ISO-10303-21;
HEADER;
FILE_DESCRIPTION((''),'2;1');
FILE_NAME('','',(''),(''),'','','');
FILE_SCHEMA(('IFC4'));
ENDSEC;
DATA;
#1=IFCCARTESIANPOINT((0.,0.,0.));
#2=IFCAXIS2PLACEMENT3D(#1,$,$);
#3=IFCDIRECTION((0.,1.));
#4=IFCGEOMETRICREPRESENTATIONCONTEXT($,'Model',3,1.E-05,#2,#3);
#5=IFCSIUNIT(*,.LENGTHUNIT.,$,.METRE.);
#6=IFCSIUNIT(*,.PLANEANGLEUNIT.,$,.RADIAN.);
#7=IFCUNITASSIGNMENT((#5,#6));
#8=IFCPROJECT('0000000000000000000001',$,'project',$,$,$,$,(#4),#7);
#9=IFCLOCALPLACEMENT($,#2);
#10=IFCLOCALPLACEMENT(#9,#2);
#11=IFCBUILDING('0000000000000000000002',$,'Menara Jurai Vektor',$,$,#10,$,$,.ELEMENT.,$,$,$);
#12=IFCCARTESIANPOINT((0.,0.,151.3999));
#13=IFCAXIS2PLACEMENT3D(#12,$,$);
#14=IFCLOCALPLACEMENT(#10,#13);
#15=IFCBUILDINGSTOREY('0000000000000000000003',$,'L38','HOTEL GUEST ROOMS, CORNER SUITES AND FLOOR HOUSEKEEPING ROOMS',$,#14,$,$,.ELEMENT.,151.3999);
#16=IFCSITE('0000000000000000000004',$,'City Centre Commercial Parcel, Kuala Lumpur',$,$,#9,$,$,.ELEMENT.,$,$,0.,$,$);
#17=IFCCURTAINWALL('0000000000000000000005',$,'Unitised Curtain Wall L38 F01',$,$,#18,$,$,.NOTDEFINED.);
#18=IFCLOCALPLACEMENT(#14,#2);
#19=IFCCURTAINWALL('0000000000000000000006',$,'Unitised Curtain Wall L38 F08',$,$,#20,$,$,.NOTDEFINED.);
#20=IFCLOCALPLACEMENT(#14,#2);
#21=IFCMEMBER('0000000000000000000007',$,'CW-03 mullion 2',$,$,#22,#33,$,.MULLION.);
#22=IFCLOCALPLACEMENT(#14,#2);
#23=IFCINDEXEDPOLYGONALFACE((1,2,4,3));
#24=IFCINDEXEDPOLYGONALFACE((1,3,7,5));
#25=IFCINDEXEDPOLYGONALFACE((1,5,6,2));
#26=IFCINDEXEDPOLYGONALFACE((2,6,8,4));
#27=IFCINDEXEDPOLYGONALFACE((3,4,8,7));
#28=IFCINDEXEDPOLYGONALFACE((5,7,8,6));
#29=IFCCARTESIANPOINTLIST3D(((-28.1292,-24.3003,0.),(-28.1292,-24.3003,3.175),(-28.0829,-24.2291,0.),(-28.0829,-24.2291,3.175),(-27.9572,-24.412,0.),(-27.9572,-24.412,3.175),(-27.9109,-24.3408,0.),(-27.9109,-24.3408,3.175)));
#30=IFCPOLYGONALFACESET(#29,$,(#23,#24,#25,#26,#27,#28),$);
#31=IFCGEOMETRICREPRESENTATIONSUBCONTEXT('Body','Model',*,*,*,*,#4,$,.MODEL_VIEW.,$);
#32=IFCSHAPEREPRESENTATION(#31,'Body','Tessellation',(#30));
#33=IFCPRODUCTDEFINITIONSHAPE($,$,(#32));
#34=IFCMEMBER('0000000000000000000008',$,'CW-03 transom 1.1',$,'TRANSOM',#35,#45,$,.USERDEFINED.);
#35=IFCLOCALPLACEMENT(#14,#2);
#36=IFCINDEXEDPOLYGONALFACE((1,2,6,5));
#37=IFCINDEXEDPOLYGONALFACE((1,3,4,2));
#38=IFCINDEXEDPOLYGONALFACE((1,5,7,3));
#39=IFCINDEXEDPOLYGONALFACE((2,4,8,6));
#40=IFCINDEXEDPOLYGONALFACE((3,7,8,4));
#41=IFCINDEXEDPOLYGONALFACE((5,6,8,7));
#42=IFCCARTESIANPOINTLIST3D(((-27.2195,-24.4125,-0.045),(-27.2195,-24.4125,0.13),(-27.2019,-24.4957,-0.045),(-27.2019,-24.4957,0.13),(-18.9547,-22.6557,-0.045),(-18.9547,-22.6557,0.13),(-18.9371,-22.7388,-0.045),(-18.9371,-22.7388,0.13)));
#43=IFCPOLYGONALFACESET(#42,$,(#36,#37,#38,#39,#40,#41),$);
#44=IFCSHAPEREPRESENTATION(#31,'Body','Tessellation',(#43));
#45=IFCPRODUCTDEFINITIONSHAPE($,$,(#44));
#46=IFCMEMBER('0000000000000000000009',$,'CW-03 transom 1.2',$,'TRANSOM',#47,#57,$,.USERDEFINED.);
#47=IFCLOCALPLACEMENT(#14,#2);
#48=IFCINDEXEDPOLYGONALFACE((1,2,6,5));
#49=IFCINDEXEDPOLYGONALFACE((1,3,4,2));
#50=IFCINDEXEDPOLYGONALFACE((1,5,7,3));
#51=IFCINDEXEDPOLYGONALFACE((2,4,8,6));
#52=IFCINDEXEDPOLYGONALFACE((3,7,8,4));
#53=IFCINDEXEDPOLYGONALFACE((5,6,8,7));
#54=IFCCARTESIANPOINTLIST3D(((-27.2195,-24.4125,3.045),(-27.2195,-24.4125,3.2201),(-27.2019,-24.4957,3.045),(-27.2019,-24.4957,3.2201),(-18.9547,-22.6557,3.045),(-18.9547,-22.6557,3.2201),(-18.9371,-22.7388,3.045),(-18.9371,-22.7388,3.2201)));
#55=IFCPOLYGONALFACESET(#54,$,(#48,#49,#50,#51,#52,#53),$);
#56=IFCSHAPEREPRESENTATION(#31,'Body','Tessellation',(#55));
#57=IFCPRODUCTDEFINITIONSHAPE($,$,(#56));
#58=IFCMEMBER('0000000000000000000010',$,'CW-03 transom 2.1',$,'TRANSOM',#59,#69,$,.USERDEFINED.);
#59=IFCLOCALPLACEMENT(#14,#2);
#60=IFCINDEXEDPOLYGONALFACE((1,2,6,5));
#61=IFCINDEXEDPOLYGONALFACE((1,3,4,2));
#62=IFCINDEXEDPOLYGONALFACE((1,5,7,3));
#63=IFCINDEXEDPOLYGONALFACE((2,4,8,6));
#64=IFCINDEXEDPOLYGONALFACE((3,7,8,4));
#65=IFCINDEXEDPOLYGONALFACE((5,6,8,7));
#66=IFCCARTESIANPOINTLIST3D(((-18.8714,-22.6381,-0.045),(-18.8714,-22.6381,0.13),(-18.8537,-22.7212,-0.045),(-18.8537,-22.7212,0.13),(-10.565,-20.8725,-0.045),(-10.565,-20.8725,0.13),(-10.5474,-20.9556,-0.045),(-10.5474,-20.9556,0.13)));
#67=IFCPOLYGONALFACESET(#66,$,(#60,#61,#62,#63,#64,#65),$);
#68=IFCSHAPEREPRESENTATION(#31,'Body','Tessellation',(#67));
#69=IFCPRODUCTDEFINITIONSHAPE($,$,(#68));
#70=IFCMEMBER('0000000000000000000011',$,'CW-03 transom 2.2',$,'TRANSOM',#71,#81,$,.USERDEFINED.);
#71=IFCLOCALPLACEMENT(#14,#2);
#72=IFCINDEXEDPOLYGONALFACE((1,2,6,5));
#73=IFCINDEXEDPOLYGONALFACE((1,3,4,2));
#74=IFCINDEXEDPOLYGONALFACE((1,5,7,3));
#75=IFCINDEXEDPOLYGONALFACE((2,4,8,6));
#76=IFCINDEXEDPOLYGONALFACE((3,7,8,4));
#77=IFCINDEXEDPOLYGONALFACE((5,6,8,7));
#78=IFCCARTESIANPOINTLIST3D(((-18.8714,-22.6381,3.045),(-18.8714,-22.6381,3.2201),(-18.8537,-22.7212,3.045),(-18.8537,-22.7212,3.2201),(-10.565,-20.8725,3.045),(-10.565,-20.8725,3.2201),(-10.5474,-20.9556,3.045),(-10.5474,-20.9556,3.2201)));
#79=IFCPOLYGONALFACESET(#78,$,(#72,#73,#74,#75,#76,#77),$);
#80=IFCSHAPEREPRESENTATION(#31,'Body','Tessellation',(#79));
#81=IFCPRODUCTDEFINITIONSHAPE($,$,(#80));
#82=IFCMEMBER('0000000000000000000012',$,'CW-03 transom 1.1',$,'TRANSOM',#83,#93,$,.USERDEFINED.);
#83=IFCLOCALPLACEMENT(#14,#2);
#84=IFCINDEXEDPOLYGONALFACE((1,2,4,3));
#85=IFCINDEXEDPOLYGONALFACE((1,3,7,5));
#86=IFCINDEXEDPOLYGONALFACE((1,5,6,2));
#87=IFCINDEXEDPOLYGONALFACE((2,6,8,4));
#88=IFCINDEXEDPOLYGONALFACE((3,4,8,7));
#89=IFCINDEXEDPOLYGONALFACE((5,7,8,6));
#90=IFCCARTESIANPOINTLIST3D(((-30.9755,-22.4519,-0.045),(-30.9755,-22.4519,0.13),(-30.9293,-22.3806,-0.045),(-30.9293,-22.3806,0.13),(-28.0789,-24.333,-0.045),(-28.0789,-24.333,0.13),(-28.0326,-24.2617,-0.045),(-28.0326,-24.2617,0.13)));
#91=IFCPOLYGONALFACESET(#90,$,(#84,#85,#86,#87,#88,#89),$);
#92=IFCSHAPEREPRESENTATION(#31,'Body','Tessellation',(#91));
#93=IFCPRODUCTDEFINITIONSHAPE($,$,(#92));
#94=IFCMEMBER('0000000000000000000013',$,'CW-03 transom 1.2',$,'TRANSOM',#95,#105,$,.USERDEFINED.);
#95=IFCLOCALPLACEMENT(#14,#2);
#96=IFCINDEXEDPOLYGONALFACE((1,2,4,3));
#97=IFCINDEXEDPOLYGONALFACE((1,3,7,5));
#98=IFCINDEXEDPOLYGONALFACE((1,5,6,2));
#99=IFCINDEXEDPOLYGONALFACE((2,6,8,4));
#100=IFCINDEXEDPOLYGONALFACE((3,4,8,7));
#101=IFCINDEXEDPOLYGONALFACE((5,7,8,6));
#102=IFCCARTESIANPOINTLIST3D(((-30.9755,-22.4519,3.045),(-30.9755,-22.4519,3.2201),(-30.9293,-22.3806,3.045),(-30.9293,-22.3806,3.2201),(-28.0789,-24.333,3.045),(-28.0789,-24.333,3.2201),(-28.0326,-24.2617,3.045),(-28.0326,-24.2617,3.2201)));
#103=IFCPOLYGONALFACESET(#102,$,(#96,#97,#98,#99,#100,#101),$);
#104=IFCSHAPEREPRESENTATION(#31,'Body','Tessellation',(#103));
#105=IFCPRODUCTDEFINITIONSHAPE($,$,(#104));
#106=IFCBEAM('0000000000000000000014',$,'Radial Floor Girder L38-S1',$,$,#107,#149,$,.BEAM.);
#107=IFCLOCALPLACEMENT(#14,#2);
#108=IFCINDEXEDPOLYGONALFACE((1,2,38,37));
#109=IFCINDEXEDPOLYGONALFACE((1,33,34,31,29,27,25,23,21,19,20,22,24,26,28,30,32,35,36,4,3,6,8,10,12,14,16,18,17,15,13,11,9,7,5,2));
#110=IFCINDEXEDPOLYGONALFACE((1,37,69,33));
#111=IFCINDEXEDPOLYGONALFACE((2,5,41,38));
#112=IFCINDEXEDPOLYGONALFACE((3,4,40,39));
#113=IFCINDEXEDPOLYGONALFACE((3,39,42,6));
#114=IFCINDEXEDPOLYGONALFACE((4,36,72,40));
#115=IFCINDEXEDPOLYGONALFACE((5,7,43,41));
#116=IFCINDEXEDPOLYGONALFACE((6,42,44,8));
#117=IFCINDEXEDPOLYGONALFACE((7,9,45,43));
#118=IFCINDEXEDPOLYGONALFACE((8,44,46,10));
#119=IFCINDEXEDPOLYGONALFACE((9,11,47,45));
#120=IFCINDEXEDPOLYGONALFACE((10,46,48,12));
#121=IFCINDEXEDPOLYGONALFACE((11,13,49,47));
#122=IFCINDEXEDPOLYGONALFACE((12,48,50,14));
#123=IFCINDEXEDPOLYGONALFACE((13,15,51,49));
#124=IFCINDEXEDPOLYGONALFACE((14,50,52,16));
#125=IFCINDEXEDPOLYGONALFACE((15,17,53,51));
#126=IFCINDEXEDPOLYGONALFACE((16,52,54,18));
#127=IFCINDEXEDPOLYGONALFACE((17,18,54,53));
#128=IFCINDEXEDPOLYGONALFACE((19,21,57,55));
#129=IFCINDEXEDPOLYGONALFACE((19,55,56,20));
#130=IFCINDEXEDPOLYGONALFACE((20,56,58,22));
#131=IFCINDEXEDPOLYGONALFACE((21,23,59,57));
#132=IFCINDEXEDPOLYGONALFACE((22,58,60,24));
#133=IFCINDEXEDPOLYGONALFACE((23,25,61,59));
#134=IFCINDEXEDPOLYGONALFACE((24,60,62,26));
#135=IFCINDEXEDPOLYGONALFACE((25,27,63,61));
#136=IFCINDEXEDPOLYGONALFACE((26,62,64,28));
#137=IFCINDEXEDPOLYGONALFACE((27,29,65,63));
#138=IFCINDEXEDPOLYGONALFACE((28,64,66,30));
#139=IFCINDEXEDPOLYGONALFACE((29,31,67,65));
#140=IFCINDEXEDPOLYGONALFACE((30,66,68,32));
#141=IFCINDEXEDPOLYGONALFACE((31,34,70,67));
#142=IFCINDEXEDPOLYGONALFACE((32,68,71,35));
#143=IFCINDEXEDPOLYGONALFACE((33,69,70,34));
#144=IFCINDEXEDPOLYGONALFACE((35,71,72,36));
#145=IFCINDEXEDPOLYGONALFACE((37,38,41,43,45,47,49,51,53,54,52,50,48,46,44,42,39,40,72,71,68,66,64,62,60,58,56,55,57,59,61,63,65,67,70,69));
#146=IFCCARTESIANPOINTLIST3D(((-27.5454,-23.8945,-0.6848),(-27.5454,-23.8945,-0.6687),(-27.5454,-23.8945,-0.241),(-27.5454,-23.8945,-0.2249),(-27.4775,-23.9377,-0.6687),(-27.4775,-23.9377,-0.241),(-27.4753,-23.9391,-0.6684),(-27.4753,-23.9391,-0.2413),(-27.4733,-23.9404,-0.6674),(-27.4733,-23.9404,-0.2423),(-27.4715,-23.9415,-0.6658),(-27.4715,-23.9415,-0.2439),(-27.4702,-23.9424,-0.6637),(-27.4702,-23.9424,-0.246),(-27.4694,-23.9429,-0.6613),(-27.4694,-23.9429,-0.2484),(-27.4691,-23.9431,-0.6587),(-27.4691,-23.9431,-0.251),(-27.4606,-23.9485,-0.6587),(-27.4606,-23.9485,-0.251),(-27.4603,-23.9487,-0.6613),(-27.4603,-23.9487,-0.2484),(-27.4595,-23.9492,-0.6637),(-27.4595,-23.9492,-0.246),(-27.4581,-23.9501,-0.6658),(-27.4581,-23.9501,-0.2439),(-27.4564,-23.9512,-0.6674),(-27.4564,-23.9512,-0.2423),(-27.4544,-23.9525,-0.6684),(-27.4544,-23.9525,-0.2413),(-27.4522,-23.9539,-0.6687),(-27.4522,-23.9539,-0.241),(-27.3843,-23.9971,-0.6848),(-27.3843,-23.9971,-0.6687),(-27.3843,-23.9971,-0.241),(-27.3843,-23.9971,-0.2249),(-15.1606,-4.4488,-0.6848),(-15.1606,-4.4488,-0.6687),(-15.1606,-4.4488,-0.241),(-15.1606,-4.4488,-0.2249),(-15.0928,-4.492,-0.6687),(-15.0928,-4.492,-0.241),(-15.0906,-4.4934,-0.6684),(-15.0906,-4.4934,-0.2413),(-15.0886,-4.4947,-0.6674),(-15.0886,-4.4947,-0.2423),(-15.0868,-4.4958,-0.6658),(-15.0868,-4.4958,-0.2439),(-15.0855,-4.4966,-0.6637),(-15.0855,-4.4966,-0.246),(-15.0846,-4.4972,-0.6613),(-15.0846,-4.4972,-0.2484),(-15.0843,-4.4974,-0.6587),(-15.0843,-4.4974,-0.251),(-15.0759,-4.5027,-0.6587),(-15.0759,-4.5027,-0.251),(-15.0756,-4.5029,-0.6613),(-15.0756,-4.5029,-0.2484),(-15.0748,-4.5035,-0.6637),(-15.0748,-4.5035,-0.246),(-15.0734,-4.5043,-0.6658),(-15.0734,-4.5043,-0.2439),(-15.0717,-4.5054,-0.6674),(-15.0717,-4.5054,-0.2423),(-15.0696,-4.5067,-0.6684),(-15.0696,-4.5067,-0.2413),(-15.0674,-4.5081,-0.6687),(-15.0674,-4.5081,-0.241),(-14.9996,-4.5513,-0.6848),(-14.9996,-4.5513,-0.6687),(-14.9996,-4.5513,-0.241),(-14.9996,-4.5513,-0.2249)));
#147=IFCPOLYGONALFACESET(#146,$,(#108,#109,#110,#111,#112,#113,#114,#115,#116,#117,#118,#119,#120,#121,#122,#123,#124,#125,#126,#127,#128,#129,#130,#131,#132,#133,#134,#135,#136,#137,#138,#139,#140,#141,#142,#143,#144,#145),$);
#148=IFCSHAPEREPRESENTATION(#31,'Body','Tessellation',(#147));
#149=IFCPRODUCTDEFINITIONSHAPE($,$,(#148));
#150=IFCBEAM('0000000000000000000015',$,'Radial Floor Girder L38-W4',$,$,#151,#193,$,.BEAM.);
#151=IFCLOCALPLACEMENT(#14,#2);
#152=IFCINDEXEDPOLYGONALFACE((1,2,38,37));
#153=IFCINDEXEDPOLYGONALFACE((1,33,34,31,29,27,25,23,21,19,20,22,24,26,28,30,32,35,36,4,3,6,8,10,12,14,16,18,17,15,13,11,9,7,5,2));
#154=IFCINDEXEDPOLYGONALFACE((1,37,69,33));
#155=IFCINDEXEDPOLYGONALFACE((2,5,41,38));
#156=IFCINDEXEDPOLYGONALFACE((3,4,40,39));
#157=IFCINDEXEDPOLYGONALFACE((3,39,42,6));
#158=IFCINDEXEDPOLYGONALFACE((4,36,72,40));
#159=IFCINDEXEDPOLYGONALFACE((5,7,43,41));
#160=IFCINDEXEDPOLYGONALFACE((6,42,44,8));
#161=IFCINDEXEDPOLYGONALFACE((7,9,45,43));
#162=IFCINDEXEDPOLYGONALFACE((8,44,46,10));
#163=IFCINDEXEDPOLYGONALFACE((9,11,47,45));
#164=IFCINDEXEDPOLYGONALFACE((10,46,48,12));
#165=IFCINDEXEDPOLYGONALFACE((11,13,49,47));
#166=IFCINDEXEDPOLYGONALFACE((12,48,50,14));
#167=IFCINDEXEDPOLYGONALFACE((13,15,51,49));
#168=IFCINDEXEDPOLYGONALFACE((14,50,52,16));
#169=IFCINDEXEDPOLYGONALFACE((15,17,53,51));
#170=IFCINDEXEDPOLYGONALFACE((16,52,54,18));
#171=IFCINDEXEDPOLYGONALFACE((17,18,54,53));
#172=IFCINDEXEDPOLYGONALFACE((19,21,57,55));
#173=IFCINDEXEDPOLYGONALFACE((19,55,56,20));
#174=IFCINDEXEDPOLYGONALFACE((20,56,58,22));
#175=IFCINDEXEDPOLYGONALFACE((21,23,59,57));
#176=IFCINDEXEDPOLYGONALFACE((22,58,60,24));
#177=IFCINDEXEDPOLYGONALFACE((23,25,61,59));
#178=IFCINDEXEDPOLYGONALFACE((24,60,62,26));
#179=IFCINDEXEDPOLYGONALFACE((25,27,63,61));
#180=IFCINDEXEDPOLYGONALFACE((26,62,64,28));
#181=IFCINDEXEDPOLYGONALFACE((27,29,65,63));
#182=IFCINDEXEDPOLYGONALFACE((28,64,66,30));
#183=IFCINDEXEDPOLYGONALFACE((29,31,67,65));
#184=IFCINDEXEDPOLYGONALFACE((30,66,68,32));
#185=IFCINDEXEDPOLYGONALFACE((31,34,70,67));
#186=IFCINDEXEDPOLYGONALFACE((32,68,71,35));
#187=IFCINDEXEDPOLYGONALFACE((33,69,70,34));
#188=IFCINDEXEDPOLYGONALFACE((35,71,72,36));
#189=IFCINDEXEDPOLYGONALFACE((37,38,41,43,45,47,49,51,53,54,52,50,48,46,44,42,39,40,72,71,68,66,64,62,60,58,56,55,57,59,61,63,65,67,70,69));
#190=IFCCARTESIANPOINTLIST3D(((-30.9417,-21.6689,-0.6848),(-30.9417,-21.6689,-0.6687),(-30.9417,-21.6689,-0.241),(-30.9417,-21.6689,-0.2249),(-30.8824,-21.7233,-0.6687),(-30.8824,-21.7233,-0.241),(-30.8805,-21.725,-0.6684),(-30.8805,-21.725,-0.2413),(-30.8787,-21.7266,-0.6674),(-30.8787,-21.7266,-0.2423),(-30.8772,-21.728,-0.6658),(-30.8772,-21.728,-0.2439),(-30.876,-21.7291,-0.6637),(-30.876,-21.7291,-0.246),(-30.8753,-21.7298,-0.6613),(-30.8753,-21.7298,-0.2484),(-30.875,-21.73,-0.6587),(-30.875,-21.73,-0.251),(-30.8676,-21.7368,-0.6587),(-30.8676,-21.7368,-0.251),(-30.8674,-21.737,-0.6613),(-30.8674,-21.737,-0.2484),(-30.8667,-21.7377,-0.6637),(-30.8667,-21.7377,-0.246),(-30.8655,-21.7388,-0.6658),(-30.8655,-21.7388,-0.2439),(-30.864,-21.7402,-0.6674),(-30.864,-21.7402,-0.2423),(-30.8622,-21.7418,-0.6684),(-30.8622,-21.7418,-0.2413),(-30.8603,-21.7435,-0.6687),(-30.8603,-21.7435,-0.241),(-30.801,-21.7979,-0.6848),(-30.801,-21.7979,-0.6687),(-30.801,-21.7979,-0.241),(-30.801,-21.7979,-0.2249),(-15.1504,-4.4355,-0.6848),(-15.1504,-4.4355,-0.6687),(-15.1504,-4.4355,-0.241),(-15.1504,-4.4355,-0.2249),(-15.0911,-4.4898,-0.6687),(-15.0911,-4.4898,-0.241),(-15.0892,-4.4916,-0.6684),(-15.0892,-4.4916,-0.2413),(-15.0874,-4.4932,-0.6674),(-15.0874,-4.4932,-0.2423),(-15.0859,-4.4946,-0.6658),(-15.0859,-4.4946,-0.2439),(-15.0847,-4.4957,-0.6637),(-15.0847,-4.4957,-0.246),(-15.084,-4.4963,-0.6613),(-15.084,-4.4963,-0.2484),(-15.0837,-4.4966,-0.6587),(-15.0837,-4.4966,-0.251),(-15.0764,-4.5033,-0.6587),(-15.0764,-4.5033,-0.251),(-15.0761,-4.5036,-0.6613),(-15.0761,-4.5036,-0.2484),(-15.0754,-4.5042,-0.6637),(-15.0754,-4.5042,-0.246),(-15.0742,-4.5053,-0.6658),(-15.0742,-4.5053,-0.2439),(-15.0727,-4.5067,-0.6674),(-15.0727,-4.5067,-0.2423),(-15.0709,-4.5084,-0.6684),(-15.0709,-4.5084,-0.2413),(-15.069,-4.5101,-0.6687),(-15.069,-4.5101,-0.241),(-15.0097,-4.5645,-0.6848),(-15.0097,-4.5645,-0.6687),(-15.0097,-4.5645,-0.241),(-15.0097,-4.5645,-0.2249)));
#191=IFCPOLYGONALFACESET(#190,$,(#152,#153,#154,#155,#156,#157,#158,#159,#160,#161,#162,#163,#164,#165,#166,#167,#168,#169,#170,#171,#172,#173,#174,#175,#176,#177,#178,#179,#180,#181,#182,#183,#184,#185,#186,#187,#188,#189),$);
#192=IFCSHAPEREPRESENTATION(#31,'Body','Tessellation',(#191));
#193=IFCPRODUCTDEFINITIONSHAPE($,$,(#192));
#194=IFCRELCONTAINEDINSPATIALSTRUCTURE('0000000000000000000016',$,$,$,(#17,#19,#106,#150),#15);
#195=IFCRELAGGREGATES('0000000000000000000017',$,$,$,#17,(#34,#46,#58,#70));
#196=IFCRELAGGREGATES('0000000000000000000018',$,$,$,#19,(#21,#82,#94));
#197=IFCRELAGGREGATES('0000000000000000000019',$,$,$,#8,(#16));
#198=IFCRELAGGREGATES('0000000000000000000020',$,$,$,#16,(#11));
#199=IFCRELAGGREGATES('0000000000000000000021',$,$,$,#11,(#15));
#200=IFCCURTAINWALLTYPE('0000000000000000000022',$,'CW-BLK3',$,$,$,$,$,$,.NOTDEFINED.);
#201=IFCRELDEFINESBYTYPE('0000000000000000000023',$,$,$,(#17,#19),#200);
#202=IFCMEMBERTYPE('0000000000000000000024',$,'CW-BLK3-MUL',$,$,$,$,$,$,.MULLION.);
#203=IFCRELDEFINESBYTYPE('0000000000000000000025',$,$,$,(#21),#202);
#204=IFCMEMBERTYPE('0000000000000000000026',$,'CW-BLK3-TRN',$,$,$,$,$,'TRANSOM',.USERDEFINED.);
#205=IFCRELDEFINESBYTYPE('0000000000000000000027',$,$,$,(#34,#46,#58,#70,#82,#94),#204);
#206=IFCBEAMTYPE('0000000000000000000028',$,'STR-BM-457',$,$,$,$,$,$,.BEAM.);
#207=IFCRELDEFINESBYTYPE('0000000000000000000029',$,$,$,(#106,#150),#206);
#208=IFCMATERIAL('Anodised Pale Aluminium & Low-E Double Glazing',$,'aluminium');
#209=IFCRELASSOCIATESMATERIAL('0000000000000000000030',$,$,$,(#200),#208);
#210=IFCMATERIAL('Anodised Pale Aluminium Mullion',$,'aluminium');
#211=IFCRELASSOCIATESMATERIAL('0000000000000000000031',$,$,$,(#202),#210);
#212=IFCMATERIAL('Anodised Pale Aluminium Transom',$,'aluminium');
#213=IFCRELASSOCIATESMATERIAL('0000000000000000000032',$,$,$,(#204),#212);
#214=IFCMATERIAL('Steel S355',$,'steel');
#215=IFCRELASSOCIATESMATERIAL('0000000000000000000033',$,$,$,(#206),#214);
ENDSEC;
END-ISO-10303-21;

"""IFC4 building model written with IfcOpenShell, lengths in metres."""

from ifc_helpers import new_model, si_unit, direction, frame, origin, origin_2d, place, context, subcontext, project, spatial, rectangle, i_section, extrude, material, material_profile, profile_set, type_object, element, aggregate, save


model = new_model("IFC4")

# Units and contexts
model_context = context("Model", 3, precision=1e-05, world=origin(), true_north=direction((0.0, 1.0)))
body_context = subcontext(model_context, "Body", "Model", "MODEL_VIEW")
ifc_project = project(units=[si_unit("LENGTHUNIT", "METRE"), si_unit("PLANEANGLEUNIT", "RADIAN")], contexts=[model_context])

# Site, building, storey
site_placement = place(None, origin())
site = spatial("IfcSite", under=ifc_project, at=site_placement, Name="City Centre Commercial Parcel, Kuala Lumpur", CompositionType="ELEMENT", RefElevation=0.0)
building_placement = place(site_placement, origin())
building = spatial("IfcBuilding", under=site, at=building_placement, Name="Menara Jurai Vektor", CompositionType="ELEMENT")
storey_placement = place(building_placement, frame((0.0, 0.0, 151.3999)))
storey = spatial("IfcBuildingStorey", under=building, at=storey_placement, Name="L38", Description="HOTEL GUEST ROOMS, CORNER SUITES AND FLOOR HOUSEKEEPING ROOMS", CompositionType="ELEMENT", Elevation=151.3999)

# Curtain wall
ifc_material_1 = material(Name="Anodised Pale Aluminium & Low-E Double Glazing", Category="aluminium")
curtain_wall_type = type_object("IfcCurtainWallType", Name="CW-BLK3", PredefinedType="NOTDEFINED", material=ifc_material_1)
curtain_wall_1_placement = place(storey_placement, origin())
curtain_wall_1 = element("IfcCurtainWall", 1, at=curtain_wall_1_placement, inside=storey, type_object=curtain_wall_type, Name="Unitised Curtain Wall L38 F01", PredefinedType="NOTDEFINED")
ifc_material_2 = material(Name="Anodised Pale Aluminium Mullion", Category="aluminium")
ifc_material_profile_1 = material_profile(ifc_material_2, rectangle(XDim=0.085, YDim=0.2051, at=origin_2d()), Name="ALU MUL 85x205")
ifc_profile_set_1 = profile_set([ifc_material_profile_1], Name="Anodised Pale Aluminium Mullion")
member_type_1 = type_object("IfcMemberType", Name="CW-BLK3-MUL", PredefinedType="MULLION", material=ifc_profile_set_1)

# Curtain wall, member
curtain_wall_2_placement = place(storey_placement, origin())
curtain_wall_2 = element("IfcCurtainWall", 2, at=curtain_wall_2_placement, inside=storey, type_object=curtain_wall_type, Name="Unitised Curtain Wall L38 F08", PredefinedType="NOTDEFINED")
member_1_placement = place(storey_placement, frame((-28.02, -24.3206, 0.0), z_axis=(0.0, 0.0, 1.0), x_axis=(0.544618, 0.838684, 0.0)))
member_1 = element("IfcMember", 3, at=member_1_placement, type_object=member_type_1, Name="CW-03 mullion 2", PredefinedType="MULLION", context=body_context, shape_type="SweptSolid", body=[
    extrude(rectangle(XDim=0.085, YDim=0.2051, at=origin_2d()), origin(), (0.0, 0.0, 1.0), 3.175),
])

# Members
ifc_material_3 = material(Name="Anodised Pale Aluminium Transom", Category="aluminium")
ifc_material_profile_2 = material_profile(ifc_material_3, rectangle(XDim=0.085, YDim=0.175, at=origin_2d()), Name="ALU TRN 85x175")
ifc_profile_set_2 = profile_set([ifc_material_profile_2], Name="Anodised Pale Aluminium Transom")
member_type_2 = type_object("IfcMemberType", Name="CW-BLK3-TRN", ElementType="TRANSOM", PredefinedType="USERDEFINED", material=ifc_profile_set_2)
member_2_placement = place(storey_placement, frame((-27.2107, -24.4541, 0.0425), z_axis=(0.978146, 0.207921, 0.0), x_axis=(-0.207921, 0.978146, 0.0)))
member_2 = element("IfcMember", 4, at=member_2_placement, type_object=member_type_2, Name="CW-03 transom 1.1", ObjectType="TRANSOM", PredefinedType="USERDEFINED", context=body_context, shape_type="SweptSolid", body=[
    extrude(rectangle(XDim=0.085, YDim=0.175, at=origin_2d()), origin(), (0.0, 0.0, 1.0), 8.4495),
])
member_3_placement = place(storey_placement, frame((-27.2107, -24.4541, 3.1326), z_axis=(0.978146, 0.207921, 0.0), x_axis=(-0.207921, 0.978146, 0.0)))
member_3 = element("IfcMember", 5, at=member_3_placement, type_object=member_type_2, Name="CW-03 transom 1.2", ObjectType="TRANSOM", PredefinedType="USERDEFINED", context=body_context, shape_type="SweptSolid", body=[
    extrude(rectangle(XDim=0.085, YDim=0.175, at=origin_2d()), origin(), (0.0, 0.0, 1.0), 8.4495),
])
member_4_placement = place(storey_placement, frame((-18.8625, -22.6797, 0.0425), z_axis=(0.978147, 0.207917, 0.0), x_axis=(-0.207917, 0.978147, 0.0)))
member_4 = element("IfcMember", 6, at=member_4_placement, type_object=member_type_2, Name="CW-03 transom 2.1", ObjectType="TRANSOM", PredefinedType="USERDEFINED", context=body_context, shape_type="SweptSolid", body=[
    extrude(rectangle(XDim=0.085, YDim=0.175, at=origin_2d()), origin(), (0.0, 0.0, 1.0), 8.4919),
])
member_5_placement = place(storey_placement, frame((-18.8625, -22.6797, 3.1326), z_axis=(0.978147, 0.207917, 0.0), x_axis=(-0.207917, 0.978147, 0.0)))
member_5 = element("IfcMember", 7, at=member_5_placement, type_object=member_type_2, Name="CW-03 transom 2.2", ObjectType="TRANSOM", PredefinedType="USERDEFINED", context=body_context, shape_type="SweptSolid", body=[
    extrude(rectangle(XDim=0.085, YDim=0.175, at=origin_2d()), origin(), (0.0, 0.0, 1.0), 8.4919),
])
member_6_placement = place(storey_placement, frame((-30.9524, -22.4163, 0.0425), z_axis=(0.838678, -0.544628, 0.0), x_axis=(0.544628, 0.838678, 0.0)))
member_6 = element("IfcMember", 8, at=member_6_placement, type_object=member_type_2, Name="CW-03 transom 1.1", ObjectType="TRANSOM", PredefinedType="USERDEFINED", context=body_context, shape_type="SweptSolid", body=[
    extrude(rectangle(XDim=0.085, YDim=0.175, at=origin_2d()), origin(), (0.0, 0.0, 1.0), 3.4539),
])
member_7_placement = place(storey_placement, frame((-30.9524, -22.4163, 3.1326), z_axis=(0.838678, -0.544628, 0.0), x_axis=(0.544628, 0.838678, 0.0)))
member_7 = element("IfcMember", 9, at=member_7_placement, type_object=member_type_2, Name="CW-03 transom 1.2", ObjectType="TRANSOM", PredefinedType="USERDEFINED", context=body_context, shape_type="SweptSolid", body=[
    extrude(rectangle(XDim=0.085, YDim=0.175, at=origin_2d()), origin(), (0.0, 0.0, 1.0), 3.4539),
])

# Beams
ifc_material_4 = material(Name="Steel S355", Category="steel")
ifc_material_profile_3 = material_profile(ifc_material_4, i_section(OverallWidth=0.1909, OverallDepth=0.46, WebThickness=0.01, FlangeThickness=0.0161, FilletRadius=0.01, at=origin_2d()), Name="UKB 457x191x82")
ifc_profile_set_3 = profile_set([ifc_material_profile_3], Name="Steel S355")
beam_type_1 = type_object("IfcBeamType", Name="STR-BM-457", PredefinedType="BEAM", material=ifc_profile_set_3)
beam_1_placement = place(storey_placement, frame((-27.4648, -23.9458, -0.4548), z_axis=(0.537189, 0.843462, 0.0), x_axis=(-0.843462, 0.537189, 0.0)))
element("IfcBeam", 10, at=beam_1_placement, inside=storey, type_object=beam_type_1, Name="Radial Floor Girder L38-S1", PredefinedType="BEAM", context=body_context, shape_type="SweptSolid", body=[
    extrude(i_section(OverallWidth=0.1909, OverallDepth=0.46, WebThickness=0.01, FlangeThickness=0.0161, FilletRadius=0.01, at=origin_2d()), origin(), (0.0, 0.0, 1.0), 23.0547),
])
beam_2_placement = place(storey_placement, frame((-30.8713, -21.7334, -0.4548), z_axis=(0.675585, 0.737282, 0.0), x_axis=(-0.737282, 0.675585, 0.0)))
element("IfcBeam", 11, at=beam_2_placement, inside=storey, type_object=beam_type_1, Name="Radial Floor Girder L38-W4", PredefinedType="BEAM", context=body_context, shape_type="SweptSolid", body=[
    extrude(i_section(OverallWidth=0.1909, OverallDepth=0.46, WebThickness=0.01, FlangeThickness=0.0161, FilletRadius=0.01, at=origin_2d()), origin(), (0.0, 0.0, 1.0), 23.3743),
])

aggregate(curtain_wall_1, [member_2, member_3, member_4, member_5])
aggregate(curtain_wall_2, [member_1, member_6, member_7])

save(model, "model.ifc")
